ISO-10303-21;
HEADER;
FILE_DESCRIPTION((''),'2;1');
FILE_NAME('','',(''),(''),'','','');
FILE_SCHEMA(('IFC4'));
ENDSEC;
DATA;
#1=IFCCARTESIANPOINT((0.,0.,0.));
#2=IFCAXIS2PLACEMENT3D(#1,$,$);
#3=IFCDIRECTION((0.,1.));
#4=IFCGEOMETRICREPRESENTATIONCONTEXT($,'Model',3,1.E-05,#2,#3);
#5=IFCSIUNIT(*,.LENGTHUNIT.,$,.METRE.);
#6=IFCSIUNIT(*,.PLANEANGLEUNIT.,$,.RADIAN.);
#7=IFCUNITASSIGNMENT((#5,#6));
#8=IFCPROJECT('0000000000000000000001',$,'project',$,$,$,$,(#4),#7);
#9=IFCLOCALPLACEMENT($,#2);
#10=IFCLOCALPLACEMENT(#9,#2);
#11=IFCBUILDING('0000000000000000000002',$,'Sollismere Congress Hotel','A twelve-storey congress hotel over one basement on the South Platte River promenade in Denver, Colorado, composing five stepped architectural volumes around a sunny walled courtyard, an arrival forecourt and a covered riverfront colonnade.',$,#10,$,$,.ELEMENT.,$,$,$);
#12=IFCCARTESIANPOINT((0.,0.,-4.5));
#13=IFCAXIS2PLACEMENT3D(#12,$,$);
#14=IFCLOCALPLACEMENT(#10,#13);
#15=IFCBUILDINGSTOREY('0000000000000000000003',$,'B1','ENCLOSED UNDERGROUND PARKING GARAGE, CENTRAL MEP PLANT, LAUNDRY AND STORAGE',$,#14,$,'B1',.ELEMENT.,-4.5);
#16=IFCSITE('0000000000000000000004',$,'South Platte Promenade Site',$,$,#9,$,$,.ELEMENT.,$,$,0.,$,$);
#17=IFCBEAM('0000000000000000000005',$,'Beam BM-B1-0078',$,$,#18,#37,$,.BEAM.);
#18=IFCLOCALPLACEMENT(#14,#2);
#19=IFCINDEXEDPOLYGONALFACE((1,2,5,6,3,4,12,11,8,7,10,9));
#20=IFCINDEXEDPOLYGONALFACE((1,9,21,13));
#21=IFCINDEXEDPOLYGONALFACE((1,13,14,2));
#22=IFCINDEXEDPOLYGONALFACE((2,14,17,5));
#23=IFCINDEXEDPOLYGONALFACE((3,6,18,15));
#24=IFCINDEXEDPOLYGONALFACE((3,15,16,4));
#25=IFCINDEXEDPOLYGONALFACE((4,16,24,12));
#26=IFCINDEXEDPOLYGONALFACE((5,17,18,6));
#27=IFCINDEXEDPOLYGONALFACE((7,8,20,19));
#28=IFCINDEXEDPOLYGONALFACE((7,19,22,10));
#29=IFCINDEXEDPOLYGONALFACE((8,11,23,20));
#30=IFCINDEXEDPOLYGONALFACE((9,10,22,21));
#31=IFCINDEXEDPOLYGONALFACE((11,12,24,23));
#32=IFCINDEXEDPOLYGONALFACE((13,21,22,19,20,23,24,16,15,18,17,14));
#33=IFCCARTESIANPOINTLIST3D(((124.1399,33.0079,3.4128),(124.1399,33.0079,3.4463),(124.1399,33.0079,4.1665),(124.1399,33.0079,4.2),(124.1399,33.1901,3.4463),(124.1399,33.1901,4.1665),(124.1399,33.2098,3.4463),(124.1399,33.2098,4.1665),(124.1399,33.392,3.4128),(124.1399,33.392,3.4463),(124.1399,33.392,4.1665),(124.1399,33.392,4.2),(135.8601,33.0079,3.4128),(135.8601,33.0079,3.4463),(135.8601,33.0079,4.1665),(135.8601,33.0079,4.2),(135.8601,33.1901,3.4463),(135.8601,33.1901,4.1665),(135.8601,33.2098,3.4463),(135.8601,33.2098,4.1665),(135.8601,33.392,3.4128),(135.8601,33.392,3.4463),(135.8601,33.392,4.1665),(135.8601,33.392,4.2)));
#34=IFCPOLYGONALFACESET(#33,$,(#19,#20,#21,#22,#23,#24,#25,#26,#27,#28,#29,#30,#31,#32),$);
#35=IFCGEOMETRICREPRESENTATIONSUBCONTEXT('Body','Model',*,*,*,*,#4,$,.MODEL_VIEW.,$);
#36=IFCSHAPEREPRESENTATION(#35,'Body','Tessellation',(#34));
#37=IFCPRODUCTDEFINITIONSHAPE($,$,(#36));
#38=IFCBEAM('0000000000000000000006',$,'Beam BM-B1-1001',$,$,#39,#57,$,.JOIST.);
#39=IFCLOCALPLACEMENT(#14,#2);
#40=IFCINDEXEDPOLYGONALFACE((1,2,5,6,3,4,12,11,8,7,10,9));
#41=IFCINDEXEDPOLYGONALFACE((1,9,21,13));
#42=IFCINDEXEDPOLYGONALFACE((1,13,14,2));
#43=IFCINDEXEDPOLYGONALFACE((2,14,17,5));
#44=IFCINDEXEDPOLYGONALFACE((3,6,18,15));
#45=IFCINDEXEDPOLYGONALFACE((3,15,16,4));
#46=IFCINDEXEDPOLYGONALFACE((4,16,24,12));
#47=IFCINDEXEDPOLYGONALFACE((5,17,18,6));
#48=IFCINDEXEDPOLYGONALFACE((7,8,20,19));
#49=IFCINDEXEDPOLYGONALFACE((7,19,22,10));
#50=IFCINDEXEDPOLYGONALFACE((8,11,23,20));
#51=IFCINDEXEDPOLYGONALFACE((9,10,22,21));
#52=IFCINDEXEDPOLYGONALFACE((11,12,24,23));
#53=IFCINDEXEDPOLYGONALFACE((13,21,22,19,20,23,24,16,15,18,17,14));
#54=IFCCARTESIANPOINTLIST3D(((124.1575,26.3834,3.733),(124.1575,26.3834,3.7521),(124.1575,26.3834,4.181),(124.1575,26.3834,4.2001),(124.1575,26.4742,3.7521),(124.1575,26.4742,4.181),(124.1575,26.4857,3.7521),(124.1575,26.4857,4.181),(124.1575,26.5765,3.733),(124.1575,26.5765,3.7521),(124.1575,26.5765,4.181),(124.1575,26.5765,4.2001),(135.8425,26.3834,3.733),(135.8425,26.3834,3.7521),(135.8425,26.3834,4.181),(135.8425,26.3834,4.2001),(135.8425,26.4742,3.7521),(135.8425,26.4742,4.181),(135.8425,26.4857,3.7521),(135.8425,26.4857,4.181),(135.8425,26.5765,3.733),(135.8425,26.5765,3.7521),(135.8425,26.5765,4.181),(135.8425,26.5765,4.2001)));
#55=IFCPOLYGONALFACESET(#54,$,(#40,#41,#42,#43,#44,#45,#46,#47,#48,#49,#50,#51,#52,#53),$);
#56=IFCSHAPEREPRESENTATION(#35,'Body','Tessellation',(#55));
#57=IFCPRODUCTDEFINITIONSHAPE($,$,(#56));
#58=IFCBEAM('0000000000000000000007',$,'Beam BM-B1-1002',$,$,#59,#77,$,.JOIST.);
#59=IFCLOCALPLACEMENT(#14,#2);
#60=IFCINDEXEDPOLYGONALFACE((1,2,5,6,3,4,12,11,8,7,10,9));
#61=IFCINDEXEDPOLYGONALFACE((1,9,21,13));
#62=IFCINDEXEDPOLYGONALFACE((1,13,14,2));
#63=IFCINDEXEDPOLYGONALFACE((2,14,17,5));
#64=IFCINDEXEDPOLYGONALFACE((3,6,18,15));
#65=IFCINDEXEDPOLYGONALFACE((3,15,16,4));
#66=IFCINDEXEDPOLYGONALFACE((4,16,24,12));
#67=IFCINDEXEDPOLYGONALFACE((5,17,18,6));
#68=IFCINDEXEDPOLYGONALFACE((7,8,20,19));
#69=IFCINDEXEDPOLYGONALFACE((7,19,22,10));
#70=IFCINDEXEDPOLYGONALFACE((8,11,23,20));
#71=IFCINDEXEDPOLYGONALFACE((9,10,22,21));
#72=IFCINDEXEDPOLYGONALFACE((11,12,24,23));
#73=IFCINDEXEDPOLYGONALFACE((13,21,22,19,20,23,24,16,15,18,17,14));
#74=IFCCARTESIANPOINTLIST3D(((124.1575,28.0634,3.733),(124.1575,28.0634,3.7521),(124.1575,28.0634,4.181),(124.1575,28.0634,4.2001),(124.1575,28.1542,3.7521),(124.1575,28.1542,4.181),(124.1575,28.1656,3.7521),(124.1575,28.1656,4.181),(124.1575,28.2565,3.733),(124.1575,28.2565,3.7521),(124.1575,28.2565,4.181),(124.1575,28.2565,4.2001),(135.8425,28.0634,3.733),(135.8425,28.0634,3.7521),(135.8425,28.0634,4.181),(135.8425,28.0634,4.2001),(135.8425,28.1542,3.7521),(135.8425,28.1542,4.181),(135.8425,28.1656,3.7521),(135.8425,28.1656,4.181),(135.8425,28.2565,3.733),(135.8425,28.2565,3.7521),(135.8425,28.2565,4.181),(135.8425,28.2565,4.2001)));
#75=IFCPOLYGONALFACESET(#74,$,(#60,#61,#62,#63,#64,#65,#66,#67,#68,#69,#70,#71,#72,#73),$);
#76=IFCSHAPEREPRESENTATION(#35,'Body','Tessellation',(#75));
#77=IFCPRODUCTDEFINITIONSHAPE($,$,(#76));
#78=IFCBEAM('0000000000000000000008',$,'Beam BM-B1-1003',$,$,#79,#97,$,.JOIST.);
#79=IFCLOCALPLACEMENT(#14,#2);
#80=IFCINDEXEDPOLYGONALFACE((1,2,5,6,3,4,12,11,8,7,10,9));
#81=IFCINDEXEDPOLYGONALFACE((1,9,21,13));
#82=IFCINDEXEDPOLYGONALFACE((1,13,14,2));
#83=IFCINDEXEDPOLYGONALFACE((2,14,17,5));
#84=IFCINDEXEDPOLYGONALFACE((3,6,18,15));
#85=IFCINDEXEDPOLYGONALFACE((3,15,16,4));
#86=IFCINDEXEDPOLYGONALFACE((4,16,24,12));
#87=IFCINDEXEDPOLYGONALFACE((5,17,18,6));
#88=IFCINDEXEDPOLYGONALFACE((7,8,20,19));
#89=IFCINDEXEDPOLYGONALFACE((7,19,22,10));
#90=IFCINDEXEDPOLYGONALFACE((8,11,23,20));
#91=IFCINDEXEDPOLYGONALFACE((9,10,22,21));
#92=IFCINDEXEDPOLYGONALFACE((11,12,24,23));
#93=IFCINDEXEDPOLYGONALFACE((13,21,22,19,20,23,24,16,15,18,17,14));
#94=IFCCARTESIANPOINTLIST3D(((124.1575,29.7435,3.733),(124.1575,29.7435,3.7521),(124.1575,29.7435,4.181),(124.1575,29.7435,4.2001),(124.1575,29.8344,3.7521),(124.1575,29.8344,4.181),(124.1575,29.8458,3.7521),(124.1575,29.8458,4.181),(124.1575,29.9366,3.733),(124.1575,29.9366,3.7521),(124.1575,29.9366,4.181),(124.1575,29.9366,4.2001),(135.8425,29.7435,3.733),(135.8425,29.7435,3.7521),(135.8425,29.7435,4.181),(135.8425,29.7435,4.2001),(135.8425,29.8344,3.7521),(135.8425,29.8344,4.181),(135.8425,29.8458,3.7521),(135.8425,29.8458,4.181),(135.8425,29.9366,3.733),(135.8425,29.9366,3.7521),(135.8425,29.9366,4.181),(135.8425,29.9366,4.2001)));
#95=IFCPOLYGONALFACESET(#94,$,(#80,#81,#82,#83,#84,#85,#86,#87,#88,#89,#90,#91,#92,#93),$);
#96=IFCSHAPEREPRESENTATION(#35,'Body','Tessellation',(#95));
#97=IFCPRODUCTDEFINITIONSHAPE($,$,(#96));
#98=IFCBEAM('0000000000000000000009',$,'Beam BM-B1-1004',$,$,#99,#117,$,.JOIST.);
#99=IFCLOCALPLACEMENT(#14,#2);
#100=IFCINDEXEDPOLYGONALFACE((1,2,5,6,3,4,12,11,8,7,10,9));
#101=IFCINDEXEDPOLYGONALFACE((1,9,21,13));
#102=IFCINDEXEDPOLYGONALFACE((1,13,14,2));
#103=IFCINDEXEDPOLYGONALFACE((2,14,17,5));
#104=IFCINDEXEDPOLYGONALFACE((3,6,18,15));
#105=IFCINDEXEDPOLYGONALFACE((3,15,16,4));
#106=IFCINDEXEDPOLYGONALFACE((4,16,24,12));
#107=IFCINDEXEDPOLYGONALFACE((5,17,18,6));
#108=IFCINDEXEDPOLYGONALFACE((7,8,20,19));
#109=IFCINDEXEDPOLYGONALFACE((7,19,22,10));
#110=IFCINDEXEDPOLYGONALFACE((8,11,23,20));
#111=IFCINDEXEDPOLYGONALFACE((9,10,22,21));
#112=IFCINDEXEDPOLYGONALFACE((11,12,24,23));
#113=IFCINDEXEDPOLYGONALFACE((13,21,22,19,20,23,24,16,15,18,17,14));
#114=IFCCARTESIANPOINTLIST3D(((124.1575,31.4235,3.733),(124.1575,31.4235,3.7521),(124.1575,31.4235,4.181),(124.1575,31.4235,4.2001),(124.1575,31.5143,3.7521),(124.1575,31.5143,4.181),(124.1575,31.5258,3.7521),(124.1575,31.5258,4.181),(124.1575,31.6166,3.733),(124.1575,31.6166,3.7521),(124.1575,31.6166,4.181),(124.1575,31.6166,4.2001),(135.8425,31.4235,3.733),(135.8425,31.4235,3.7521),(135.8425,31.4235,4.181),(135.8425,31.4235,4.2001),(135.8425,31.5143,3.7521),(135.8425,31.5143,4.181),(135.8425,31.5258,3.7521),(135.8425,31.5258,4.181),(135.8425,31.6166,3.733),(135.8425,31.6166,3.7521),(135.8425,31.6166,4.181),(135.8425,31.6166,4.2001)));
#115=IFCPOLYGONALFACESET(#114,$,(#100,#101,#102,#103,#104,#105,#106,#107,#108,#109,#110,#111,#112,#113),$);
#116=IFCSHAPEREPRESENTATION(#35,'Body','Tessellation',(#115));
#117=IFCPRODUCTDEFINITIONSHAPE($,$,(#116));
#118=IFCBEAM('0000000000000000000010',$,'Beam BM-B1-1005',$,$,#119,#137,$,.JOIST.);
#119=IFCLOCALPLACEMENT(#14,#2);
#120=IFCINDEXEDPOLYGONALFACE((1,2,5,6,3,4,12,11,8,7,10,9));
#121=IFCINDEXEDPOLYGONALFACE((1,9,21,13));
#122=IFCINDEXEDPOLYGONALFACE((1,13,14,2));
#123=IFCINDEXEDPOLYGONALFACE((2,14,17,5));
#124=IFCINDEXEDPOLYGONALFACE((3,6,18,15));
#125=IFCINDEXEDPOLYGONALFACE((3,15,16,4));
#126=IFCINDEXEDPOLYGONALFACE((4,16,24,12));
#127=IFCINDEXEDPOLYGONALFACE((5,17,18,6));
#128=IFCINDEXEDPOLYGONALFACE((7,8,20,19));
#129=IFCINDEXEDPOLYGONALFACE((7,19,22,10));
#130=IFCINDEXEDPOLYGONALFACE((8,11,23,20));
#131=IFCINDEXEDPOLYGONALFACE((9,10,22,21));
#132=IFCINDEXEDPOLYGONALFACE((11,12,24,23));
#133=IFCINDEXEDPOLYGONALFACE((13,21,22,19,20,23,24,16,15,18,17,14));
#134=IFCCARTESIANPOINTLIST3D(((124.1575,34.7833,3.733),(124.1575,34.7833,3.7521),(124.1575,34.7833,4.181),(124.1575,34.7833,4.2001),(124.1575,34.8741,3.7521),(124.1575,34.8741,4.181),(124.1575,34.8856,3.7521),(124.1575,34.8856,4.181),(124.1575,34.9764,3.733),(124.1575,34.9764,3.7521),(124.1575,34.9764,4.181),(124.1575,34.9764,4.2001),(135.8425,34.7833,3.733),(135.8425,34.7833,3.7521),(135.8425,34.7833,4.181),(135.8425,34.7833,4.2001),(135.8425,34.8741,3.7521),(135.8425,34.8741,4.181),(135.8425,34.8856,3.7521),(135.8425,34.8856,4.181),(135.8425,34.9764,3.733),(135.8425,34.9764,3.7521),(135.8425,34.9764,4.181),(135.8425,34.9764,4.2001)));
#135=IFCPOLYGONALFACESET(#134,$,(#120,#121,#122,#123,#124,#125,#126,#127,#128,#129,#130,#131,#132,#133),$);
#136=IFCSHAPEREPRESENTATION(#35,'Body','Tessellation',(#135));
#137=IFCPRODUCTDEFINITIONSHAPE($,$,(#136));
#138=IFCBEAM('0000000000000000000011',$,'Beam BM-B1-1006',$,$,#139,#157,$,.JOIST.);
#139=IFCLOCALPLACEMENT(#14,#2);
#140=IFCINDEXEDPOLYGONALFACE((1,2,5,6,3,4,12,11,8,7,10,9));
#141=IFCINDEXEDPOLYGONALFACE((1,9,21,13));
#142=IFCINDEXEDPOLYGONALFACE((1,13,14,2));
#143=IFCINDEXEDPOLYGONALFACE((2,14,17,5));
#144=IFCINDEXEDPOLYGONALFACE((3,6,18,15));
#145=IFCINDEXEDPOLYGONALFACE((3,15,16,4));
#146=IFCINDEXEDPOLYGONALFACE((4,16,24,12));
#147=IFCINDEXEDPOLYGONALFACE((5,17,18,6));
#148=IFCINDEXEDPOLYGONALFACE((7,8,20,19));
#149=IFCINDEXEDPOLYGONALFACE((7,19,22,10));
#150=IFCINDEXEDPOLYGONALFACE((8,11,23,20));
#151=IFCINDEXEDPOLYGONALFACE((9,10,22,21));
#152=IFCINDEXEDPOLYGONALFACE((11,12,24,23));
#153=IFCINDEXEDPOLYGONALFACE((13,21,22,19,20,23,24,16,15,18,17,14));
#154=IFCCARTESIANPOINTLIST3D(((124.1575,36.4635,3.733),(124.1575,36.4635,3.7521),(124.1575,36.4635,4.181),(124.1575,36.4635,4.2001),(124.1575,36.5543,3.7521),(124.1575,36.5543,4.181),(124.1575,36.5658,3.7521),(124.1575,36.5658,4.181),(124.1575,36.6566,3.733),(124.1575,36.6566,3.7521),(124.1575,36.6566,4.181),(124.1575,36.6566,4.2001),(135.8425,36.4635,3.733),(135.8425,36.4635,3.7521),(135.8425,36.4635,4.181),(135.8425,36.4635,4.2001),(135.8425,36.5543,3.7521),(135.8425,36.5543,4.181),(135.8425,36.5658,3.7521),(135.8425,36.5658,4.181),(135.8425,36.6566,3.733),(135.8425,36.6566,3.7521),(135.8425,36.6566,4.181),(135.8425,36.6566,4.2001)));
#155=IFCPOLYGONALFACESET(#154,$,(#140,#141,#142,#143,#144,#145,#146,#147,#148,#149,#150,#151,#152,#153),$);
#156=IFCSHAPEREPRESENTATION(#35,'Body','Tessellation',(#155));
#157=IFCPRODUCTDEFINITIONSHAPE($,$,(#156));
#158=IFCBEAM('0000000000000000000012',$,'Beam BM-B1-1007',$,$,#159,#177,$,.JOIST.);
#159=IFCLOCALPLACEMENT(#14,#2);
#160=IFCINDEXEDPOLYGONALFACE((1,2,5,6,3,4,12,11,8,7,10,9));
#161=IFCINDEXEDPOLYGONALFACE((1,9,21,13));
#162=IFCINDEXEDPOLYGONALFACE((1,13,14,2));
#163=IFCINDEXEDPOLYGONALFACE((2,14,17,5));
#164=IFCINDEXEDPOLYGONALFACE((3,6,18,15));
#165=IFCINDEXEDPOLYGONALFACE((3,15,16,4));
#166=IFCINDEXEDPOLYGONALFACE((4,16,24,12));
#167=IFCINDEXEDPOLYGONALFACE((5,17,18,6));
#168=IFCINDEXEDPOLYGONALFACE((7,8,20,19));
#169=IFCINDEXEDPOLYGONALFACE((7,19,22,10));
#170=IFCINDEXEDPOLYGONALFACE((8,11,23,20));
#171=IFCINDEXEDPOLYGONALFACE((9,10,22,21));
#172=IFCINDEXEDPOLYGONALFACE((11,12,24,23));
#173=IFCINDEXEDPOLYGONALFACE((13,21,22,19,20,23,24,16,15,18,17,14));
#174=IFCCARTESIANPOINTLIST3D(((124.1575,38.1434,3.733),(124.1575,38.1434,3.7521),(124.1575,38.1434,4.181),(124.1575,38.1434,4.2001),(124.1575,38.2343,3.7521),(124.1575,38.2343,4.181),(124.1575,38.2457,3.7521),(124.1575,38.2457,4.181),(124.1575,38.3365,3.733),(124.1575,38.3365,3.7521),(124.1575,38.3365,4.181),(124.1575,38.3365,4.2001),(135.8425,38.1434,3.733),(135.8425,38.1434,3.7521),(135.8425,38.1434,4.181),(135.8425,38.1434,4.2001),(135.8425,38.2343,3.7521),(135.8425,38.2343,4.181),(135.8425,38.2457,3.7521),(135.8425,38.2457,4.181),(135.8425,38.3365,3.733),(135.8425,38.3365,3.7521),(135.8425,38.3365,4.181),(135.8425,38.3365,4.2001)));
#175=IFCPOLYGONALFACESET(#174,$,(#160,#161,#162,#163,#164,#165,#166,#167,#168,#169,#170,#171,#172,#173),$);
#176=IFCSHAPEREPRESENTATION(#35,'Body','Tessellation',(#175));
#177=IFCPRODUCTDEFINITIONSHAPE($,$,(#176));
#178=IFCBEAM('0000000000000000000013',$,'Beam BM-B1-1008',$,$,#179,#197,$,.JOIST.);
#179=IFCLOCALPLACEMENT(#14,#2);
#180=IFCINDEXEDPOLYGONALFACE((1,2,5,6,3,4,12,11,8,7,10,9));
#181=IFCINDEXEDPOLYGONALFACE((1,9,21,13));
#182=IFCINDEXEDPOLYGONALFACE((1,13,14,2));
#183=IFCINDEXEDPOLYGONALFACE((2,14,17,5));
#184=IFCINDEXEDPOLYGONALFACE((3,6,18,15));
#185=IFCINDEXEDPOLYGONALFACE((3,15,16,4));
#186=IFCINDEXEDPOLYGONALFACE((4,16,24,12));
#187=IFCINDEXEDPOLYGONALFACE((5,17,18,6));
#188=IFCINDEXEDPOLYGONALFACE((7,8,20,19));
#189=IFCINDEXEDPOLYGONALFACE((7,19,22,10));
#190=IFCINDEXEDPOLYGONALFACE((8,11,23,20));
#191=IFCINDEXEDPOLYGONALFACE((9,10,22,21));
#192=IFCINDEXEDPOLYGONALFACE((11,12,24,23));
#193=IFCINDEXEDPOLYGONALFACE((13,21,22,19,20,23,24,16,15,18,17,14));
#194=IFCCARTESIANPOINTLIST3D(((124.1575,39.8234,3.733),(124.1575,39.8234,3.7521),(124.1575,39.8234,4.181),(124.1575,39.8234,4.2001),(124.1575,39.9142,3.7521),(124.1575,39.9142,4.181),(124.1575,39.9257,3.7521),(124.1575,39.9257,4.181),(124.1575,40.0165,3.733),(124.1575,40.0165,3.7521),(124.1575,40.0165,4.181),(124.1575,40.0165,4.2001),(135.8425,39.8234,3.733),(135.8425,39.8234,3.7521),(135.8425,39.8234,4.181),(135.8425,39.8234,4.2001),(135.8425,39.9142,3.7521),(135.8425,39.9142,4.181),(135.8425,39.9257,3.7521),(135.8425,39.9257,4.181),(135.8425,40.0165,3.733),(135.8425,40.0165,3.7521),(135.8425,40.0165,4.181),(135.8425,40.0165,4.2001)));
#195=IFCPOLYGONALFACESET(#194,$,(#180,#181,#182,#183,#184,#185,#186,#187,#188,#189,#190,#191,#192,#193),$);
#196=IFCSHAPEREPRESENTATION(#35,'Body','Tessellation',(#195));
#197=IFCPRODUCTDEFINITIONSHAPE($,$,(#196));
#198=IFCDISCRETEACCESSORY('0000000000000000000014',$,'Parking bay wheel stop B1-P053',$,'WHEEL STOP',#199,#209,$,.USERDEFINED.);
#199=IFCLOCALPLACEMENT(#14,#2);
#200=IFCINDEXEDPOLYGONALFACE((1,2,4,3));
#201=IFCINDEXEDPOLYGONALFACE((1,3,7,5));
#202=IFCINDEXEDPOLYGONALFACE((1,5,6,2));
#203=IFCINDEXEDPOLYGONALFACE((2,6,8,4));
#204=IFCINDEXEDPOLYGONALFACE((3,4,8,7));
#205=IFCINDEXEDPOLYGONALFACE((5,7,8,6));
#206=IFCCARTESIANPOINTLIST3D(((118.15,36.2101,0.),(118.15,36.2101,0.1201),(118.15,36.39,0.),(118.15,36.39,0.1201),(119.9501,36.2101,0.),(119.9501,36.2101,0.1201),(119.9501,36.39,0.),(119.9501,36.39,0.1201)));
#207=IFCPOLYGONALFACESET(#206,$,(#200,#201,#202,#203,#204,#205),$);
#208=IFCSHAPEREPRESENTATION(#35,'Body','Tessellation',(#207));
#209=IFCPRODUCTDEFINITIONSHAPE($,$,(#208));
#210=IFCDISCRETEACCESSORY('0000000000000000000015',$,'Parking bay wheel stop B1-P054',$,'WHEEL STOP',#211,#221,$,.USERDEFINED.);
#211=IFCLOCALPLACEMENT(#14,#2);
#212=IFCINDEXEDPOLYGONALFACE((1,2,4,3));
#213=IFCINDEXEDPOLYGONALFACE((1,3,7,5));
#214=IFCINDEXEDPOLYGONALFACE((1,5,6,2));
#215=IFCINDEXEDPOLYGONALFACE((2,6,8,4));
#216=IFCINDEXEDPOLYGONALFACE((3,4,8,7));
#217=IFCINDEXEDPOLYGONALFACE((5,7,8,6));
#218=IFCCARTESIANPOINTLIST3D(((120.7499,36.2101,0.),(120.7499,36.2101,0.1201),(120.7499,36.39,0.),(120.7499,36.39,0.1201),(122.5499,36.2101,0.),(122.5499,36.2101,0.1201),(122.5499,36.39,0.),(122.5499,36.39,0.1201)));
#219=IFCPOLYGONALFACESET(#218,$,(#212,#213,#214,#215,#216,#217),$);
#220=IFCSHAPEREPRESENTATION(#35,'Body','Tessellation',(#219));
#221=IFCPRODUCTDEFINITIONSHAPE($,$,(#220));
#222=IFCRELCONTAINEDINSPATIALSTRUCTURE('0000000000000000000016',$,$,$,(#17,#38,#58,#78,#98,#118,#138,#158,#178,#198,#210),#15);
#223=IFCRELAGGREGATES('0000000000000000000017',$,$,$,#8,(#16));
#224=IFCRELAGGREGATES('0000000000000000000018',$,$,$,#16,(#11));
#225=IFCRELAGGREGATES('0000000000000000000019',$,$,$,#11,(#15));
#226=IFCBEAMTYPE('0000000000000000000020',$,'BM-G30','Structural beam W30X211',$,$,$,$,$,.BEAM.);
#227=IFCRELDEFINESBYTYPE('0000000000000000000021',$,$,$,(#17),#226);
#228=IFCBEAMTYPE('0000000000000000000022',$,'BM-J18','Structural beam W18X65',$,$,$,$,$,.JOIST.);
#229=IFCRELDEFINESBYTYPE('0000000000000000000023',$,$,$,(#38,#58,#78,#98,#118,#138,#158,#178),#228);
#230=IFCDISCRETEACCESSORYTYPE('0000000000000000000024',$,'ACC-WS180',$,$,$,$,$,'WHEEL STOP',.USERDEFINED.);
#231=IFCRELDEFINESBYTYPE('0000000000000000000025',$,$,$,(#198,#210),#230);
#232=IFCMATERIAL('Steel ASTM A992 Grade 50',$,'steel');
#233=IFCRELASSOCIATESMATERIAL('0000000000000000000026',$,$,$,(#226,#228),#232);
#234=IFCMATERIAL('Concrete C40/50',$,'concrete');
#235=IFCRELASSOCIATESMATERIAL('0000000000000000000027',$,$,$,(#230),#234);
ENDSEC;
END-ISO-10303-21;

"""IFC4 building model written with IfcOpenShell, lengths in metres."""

from ifc_helpers import new_model, si_unit, direction, frame, origin, origin_2d, place, context, subcontext, project, spatial, rectangle, i_section, extrude, material, material_profile, profile_set, type_object, element, save


model = new_model("IFC4")

# Units and contexts
model_context = context("Model", 3, precision=1e-05, world=origin(), true_north=direction((0.0, 1.0)))
body_context = subcontext(model_context, "Body", "Model", "MODEL_VIEW")
ifc_project = project(units=[si_unit("LENGTHUNIT", "METRE"), si_unit("PLANEANGLEUNIT", "RADIAN")], contexts=[model_context])

# Site, building, storey
site_placement = place(None, origin())
site = spatial("IfcSite", under=ifc_project, at=site_placement, Name="South Platte Promenade Site", CompositionType="ELEMENT", RefElevation=0.0)
building_placement = place(site_placement, origin())
building = spatial("IfcBuilding", under=site, at=building_placement, Name="Sollismere Congress Hotel", Description="A twelve-storey congress hotel over one basement on the South Platte River promenade in Denver, Colorado, composing five stepped architectural volumes around a sunny walled courtyard, an arrival forecourt and a covered riverfront colonnade.", CompositionType="ELEMENT")
storey_placement = place(building_placement, frame((0.0, 0.0, -4.5)))
storey = spatial("IfcBuildingStorey", under=building, at=storey_placement, Name="B1", Description="ENCLOSED UNDERGROUND PARKING GARAGE, CENTRAL MEP PLANT, LAUNDRY AND STORAGE", LongName="B1", CompositionType="ELEMENT", Elevation=-4.5)

# Shared definitions
ifc_material_1 = material(Name="Concrete C40/50", Category="concrete")

# Beams
ifc_material_2 = material(Name="Steel ASTM A992 Grade 50", Category="steel")
ifc_material_profile_1 = material_profile(ifc_material_2, i_section(OverallWidth=0.384, OverallDepth=0.7871, WebThickness=0.0198, FlangeThickness=0.0334, at=origin_2d()), Name="W30X211")
ifc_profile_set_1 = profile_set([ifc_material_profile_1], Name="Steel ASTM A992 Grade 50")
beam_type_1 = type_object("IfcBeamType", Name="BM-G30", Description="Structural beam W30X211", PredefinedType="BEAM", material=ifc_profile_set_1)
for number, where, z_axis, x_axis, name in (
    (1, (124.1399, 33.2, 3.8064), (1.0, 0.0, 0.0), (0.0, 1.0, 0.0), "Beam BM-B1-0078"),
):
    element("IfcBeam", number, at=place(storey_placement, frame(where, z_axis=z_axis, x_axis=x_axis)), inside=storey, type_object=beam_type_1, Name=name, PredefinedType="BEAM", context=body_context, shape_type="SweptSolid", body=[
        extrude(i_section(OverallWidth=0.384, OverallDepth=0.7871, WebThickness=0.0198, FlangeThickness=0.0334, at=origin_2d()), origin(), (0.0, 0.0, 1.0), 11.7202),
    ])
ifc_material_profile_2 = material_profile(ifc_material_2, i_section(OverallWidth=0.1931, OverallDepth=0.467, WebThickness=0.0115, FlangeThickness=0.019, at=origin_2d()), Name="W18X65")
ifc_profile_set_2 = profile_set([ifc_material_profile_2], Name="Steel ASTM A992 Grade 50")
beam_type_2 = type_object("IfcBeamType", Name="BM-J18", Description="Structural beam W18X65", PredefinedType="JOIST", material=ifc_profile_set_2)
for number, where, z_axis, x_axis, name in (
    (2, (124.1575, 26.48, 3.9666), (1.0, 0.0, 0.0), (0.0, 1.0, 0.0), "Beam BM-B1-1001"),
    (3, (124.1575, 28.1599, 3.9666), (1.0, 0.0, 0.0), (0.0, 1.0, 0.0), "Beam BM-B1-1002"),
    (4, (124.1575, 29.8401, 3.9666), (1.0, 0.0, 0.0), (0.0, 1.0, 0.0), "Beam BM-B1-1003"),
    (5, (124.1575, 31.52, 3.9666), (1.0, 0.0, 0.0), (0.0, 1.0, 0.0), "Beam BM-B1-1004"),
    (6, (124.1575, 34.8799, 3.9666), (1.0, 0.0, 0.0), (0.0, 1.0, 0.0), "Beam BM-B1-1005"),
    (7, (124.1575, 36.5601, 3.9666), (1.0, 0.0, 0.0), (0.0, 1.0, 0.0), "Beam BM-B1-1006"),
    (8, (124.1575, 38.24, 3.9666), (1.0, 0.0, 0.0), (0.0, 1.0, 0.0), "Beam BM-B1-1007"),
    (9, (124.1575, 39.9199, 3.9666), (1.0, 0.0, 0.0), (0.0, 1.0, 0.0), "Beam BM-B1-1008"),
):
    element("IfcBeam", number, at=place(storey_placement, frame(where, z_axis=z_axis, x_axis=x_axis)), inside=storey, type_object=beam_type_2, Name=name, PredefinedType="JOIST", context=body_context, shape_type="SweptSolid", body=[
        extrude(i_section(OverallWidth=0.1931, OverallDepth=0.467, WebThickness=0.0115, FlangeThickness=0.019, at=origin_2d()), origin(), (0.0, 0.0, 1.0), 11.6851),
    ])

# Discrete accessories
discrete_accessory_type = type_object("IfcDiscreteAccessoryType", Name="ACC-WS180", ElementType="WHEEL STOP", PredefinedType="USERDEFINED", material=ifc_material_1)
for number, where, z_axis, x_axis, name in (
    (10, (119.05, 36.3, 0.0), (0.0, 0.0, 1.0), (1.0, 0.0, 0.0), "Parking bay wheel stop B1-P053"),
    (11, (121.6499, 36.3, 0.0), (0.0, 0.0, 1.0), (1.0, 0.0, 0.0), "Parking bay wheel stop B1-P054"),
):
    element("IfcDiscreteAccessory", number, at=place(storey_placement, frame(where, z_axis=z_axis, x_axis=x_axis)), inside=storey, type_object=discrete_accessory_type, Name=name, ObjectType="WHEEL STOP", PredefinedType="USERDEFINED", context=body_context, shape_type="SweptSolid", body=[
        extrude(rectangle(XDim=1.8, YDim=0.1799, at=origin_2d()), origin(), (0.0, 0.0, 1.0), 0.1201),
    ])

save(model, "model.ifc")
